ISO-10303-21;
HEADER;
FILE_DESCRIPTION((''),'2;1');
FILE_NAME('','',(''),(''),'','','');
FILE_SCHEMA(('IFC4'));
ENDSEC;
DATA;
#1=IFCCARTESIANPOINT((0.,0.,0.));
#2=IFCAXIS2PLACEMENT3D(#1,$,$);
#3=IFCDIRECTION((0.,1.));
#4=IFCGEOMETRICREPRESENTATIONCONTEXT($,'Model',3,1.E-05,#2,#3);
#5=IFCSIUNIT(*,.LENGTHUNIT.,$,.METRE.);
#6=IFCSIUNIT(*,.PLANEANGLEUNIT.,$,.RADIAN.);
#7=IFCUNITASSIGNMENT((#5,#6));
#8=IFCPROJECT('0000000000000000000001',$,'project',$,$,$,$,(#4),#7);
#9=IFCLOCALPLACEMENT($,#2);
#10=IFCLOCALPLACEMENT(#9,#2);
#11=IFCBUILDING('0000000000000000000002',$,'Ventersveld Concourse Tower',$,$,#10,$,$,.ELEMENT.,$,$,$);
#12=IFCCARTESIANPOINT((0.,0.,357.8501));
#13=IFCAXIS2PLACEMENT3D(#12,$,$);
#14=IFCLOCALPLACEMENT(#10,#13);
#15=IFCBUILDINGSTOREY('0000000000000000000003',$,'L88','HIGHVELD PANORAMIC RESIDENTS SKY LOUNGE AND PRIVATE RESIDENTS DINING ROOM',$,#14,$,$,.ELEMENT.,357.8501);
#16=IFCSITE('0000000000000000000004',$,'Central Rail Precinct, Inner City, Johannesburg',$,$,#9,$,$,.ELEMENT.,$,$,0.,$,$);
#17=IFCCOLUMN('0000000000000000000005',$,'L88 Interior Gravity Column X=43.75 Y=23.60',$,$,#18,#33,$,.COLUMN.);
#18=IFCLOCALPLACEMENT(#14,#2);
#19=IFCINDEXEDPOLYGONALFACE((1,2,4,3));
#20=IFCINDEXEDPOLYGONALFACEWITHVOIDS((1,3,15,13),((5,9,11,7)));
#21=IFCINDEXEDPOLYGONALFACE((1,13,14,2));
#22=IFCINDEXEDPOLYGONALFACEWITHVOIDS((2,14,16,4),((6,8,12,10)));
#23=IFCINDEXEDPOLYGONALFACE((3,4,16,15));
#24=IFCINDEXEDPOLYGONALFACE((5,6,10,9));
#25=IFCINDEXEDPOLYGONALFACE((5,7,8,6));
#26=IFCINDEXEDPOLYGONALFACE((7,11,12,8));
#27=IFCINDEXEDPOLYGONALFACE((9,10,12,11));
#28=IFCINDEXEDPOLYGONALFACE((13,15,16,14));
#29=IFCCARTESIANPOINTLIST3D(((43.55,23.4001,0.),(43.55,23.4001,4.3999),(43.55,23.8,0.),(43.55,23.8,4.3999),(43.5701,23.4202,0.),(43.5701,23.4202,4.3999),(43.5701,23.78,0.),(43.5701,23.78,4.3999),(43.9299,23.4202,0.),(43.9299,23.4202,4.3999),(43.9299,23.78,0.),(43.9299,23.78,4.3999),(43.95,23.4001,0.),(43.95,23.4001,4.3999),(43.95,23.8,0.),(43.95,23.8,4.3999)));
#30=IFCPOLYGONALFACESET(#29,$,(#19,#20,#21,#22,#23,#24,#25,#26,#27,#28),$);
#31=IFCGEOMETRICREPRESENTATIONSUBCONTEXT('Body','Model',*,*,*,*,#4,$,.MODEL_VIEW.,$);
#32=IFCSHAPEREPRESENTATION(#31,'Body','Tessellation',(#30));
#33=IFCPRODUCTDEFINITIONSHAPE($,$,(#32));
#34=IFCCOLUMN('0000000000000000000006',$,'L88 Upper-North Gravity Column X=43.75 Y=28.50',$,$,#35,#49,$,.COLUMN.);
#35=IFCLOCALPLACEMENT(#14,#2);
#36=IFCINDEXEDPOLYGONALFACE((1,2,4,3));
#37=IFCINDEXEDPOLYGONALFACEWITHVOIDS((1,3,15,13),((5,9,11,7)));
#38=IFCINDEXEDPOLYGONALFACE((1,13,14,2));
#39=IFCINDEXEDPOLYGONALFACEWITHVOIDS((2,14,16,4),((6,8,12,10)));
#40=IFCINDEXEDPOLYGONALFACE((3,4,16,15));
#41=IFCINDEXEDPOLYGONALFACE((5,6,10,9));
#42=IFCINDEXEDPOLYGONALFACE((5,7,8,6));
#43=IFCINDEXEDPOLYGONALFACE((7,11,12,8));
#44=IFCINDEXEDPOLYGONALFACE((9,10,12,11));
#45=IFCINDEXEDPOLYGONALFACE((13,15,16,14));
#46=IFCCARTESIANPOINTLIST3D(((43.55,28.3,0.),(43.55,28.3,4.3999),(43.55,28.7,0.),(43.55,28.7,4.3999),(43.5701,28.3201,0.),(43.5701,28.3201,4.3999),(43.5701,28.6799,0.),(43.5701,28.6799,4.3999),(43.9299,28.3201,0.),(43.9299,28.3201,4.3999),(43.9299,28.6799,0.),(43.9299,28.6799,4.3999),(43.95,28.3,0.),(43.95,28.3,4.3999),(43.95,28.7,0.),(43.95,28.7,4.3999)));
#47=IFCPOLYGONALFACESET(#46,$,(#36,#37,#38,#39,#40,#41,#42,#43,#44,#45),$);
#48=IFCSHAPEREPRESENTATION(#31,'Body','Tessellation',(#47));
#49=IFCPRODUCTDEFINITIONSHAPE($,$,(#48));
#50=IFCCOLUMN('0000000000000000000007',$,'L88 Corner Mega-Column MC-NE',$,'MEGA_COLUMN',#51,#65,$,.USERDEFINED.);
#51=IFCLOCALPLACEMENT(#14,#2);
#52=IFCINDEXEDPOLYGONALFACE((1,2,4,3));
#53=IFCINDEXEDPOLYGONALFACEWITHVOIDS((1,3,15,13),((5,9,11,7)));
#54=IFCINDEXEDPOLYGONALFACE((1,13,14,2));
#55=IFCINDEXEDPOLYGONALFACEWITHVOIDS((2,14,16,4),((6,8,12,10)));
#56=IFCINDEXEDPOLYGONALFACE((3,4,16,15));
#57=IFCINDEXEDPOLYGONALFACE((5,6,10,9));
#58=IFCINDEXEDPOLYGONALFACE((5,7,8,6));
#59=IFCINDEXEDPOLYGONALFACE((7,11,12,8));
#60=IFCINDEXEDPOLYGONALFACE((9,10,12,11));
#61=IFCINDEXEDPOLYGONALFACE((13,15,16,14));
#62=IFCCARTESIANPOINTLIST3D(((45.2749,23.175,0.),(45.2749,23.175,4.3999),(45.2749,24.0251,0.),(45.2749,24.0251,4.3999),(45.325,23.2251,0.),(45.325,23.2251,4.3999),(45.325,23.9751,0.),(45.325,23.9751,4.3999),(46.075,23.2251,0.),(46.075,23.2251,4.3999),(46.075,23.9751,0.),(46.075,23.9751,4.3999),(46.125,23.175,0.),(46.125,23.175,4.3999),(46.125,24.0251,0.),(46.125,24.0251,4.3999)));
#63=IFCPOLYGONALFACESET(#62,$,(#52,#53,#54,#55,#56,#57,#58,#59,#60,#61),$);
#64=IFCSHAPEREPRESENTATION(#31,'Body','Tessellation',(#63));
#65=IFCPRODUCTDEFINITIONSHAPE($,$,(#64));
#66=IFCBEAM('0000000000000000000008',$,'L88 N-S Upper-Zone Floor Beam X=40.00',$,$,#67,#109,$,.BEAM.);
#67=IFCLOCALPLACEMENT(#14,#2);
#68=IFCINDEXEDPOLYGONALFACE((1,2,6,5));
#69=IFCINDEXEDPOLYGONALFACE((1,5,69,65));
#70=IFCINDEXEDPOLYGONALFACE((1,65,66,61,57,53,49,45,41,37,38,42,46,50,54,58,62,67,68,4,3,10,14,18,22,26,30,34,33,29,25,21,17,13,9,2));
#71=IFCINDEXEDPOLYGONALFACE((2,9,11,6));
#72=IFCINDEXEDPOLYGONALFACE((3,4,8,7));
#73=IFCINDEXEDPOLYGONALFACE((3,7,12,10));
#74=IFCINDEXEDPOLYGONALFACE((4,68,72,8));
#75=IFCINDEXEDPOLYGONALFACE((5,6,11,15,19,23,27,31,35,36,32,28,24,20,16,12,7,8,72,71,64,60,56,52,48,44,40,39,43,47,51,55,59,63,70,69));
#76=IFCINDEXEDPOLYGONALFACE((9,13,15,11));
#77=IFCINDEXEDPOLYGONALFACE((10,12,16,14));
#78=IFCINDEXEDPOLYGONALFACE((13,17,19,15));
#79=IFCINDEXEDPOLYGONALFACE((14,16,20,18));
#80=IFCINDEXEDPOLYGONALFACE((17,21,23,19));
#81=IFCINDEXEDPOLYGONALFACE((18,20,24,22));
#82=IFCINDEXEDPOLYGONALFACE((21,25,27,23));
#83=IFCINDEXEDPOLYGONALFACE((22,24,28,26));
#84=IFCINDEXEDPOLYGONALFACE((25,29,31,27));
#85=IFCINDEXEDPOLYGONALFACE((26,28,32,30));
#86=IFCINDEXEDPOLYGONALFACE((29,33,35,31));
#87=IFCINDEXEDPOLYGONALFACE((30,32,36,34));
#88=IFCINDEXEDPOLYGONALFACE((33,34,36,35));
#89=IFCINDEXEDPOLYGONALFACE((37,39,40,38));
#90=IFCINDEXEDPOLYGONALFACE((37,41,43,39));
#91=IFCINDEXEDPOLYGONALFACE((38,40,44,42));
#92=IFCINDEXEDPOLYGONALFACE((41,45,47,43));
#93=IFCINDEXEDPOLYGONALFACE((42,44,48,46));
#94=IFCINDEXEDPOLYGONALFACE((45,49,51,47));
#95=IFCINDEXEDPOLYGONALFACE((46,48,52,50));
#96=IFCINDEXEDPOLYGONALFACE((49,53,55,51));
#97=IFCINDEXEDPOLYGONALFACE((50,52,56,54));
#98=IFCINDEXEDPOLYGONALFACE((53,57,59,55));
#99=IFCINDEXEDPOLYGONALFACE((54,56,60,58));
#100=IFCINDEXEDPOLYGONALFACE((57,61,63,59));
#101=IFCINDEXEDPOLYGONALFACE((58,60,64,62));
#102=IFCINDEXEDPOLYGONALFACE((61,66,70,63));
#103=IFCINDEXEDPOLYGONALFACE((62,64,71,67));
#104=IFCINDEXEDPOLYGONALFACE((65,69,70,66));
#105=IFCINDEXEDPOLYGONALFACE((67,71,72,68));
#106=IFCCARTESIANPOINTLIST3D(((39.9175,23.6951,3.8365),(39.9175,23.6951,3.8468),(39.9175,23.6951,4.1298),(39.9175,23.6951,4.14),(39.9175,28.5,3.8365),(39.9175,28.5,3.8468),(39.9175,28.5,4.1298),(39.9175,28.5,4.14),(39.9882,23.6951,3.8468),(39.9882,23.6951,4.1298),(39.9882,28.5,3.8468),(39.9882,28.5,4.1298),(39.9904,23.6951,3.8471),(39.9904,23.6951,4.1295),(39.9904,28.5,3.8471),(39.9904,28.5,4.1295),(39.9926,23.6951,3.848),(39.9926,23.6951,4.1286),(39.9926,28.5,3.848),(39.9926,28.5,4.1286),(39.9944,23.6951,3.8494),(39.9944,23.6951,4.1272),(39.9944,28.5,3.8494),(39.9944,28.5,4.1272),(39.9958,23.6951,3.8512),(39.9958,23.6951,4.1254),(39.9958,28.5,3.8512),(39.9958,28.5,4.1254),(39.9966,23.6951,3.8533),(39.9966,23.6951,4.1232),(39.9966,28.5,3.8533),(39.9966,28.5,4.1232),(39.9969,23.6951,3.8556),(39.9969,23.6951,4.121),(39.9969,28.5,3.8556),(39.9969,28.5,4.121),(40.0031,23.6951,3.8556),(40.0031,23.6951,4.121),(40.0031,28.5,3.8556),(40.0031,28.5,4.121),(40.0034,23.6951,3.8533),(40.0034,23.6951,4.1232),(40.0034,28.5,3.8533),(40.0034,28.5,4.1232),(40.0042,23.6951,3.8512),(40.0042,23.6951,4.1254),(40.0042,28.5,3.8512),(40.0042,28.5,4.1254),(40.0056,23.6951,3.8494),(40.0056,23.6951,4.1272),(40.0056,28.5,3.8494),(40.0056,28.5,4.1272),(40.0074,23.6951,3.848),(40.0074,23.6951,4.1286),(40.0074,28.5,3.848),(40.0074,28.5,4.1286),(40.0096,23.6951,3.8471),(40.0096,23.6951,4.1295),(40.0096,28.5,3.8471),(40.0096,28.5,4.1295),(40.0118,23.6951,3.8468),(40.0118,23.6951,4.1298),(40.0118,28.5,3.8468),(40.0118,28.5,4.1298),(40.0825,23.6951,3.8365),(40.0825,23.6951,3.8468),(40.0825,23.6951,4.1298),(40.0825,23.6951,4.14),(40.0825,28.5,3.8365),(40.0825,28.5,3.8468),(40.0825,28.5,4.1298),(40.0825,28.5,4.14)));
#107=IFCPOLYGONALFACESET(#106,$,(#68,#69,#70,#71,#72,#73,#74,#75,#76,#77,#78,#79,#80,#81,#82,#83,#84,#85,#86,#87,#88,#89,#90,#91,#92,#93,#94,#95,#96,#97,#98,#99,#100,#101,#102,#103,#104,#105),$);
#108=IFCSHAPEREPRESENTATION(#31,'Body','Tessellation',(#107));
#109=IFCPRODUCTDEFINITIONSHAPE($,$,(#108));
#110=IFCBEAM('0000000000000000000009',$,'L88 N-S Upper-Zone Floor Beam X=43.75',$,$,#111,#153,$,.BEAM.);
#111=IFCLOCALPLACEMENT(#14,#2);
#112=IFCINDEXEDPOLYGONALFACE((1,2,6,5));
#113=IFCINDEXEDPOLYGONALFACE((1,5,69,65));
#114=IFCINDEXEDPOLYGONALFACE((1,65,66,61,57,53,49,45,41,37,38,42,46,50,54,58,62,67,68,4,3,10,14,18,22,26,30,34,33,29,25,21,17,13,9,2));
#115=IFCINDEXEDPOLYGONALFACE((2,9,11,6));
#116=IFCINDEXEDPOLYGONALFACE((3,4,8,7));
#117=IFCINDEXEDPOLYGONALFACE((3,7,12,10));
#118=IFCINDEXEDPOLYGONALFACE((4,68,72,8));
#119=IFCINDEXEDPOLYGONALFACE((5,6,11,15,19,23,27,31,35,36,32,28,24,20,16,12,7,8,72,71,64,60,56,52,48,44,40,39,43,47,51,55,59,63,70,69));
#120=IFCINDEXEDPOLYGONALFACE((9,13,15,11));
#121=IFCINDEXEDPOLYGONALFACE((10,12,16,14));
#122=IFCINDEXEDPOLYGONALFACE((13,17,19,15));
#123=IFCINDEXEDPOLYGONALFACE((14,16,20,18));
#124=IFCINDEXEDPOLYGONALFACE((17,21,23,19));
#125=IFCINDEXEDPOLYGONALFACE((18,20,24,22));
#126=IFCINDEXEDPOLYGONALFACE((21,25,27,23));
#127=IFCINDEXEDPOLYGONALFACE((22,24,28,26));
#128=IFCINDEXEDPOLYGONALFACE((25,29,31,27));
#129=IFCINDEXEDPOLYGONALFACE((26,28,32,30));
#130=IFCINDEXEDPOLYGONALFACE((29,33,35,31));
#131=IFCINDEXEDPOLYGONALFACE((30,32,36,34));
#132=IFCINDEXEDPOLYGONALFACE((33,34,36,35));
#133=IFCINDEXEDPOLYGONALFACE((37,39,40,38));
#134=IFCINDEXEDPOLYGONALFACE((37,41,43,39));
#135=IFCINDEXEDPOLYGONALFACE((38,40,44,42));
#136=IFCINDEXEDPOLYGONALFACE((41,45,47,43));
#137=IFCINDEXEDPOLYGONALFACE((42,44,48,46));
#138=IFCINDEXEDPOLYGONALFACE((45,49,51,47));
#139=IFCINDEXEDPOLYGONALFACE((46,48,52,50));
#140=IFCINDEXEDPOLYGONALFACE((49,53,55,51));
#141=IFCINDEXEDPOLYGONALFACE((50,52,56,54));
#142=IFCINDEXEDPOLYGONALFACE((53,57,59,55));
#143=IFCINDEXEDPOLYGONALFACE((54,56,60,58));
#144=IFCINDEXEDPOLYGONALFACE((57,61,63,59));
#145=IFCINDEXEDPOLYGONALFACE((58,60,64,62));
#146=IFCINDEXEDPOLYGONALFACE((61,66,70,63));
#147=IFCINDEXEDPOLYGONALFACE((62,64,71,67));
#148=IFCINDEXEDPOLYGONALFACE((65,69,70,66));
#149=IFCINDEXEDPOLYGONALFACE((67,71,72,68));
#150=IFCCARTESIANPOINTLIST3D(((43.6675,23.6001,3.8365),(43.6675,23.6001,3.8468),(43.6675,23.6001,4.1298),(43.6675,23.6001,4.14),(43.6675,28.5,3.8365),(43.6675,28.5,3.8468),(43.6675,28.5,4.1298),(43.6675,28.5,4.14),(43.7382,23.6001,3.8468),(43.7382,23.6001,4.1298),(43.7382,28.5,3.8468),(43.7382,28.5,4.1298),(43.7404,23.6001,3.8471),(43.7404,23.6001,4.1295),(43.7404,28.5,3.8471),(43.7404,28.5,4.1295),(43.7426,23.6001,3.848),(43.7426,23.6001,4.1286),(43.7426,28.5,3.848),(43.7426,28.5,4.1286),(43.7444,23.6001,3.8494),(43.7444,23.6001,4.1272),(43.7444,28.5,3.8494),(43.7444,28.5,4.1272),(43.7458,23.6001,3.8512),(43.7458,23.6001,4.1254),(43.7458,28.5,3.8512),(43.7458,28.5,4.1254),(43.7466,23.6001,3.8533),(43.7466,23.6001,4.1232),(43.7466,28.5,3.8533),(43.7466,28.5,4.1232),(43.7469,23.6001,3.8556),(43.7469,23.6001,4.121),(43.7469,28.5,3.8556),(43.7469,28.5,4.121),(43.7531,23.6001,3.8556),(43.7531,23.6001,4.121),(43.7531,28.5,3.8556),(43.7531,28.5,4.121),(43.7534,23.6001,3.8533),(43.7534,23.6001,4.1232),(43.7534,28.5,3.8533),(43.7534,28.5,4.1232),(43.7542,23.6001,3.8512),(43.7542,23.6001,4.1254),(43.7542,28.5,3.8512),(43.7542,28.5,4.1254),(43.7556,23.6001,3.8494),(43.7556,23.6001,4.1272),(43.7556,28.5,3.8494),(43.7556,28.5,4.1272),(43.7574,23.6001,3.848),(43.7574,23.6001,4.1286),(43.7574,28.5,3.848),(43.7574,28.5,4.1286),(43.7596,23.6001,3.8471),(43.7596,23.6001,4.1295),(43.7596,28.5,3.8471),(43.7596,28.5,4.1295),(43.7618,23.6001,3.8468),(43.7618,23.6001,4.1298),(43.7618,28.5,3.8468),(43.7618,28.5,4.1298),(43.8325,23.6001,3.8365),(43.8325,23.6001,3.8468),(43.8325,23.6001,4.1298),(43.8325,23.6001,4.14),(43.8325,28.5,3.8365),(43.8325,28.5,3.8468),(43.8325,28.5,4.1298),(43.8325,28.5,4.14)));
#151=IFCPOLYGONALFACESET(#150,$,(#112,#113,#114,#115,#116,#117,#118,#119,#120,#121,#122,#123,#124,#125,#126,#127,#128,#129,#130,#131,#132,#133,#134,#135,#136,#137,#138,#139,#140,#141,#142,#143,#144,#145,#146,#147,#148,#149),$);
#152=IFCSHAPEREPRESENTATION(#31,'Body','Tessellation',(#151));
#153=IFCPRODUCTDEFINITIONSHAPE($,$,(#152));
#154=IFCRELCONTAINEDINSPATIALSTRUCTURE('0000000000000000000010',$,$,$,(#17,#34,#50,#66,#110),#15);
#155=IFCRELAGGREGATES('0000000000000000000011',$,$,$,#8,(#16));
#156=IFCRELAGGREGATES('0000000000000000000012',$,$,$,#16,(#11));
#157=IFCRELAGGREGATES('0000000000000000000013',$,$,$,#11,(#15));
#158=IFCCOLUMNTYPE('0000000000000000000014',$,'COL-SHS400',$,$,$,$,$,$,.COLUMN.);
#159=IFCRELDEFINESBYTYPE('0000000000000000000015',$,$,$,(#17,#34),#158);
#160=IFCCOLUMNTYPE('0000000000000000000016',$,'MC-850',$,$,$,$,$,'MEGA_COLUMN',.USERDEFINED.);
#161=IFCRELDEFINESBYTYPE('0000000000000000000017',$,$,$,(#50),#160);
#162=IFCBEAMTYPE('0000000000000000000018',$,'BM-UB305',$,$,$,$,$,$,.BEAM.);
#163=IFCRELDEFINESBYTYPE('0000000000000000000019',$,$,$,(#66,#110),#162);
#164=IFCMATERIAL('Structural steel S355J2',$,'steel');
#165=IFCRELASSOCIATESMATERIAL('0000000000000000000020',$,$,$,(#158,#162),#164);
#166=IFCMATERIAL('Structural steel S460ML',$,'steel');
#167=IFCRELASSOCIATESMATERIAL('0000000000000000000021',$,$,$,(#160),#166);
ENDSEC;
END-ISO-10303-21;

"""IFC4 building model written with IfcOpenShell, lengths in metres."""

from ifc_helpers import new_model, si_unit, direction, frame, origin, origin_2d, place, context, subcontext, project, spatial, hollow_rectangle, i_section, extrude, material, material_profile, profile_set, type_object, element, save


model = new_model("IFC4")

# Units and contexts
model_context = context("Model", 3, precision=1e-05, world=origin(), true_north=direction((0.0, 1.0)))
body_context = subcontext(model_context, "Body", "Model", "MODEL_VIEW")
ifc_project = project(units=[si_unit("LENGTHUNIT", "METRE"), si_unit("PLANEANGLEUNIT", "RADIAN")], contexts=[model_context])

# Site, building, storey
site_placement = place(None, origin())
site = spatial("IfcSite", under=ifc_project, at=site_placement, Name="Central Rail Precinct, Inner City, Johannesburg", CompositionType="ELEMENT", RefElevation=0.0)
building_placement = place(site_placement, origin())
building = spatial("IfcBuilding", under=site, at=building_placement, Name="Ventersveld Concourse Tower", CompositionType="ELEMENT")
storey_placement = place(building_placement, frame((0.0, 0.0, 357.8501)))
storey = spatial("IfcBuildingStorey", under=building, at=storey_placement, Name="L88", Description="HIGHVELD PANORAMIC RESIDENTS SKY LOUNGE AND PRIVATE RESIDENTS DINING ROOM", CompositionType="ELEMENT", Elevation=357.8501)

# Columns
ifc_material_1 = material(Name="Structural steel S355J2", Category="steel")
ifc_material_profile_1 = material_profile(ifc_material_1, hollow_rectangle(XDim=0.3999, YDim=0.3999, WallThickness=0.02, at=origin_2d()), Name="SHS 400x400x20")
ifc_profile_set_1 = profile_set([ifc_material_profile_1], Name="Structural steel S355J2")
column_type_1 = type_object("IfcColumnType", Name="COL-SHS400", PredefinedType="COLUMN", material=ifc_profile_set_1)
for number, where, z_axis, x_axis, name in (
    (1, (43.75, 23.6001, 0.0), (0.0, 0.0, 1.0), (1.0, 0.0, 0.0), "L88 Interior Gravity Column X=43.75 Y=23.60"),
    (2, (43.75, 28.5, 0.0), (0.0, 0.0, 1.0), (1.0, 0.0, 0.0), "L88 Upper-North Gravity Column X=43.75 Y=28.50"),
):
    element("IfcColumn", number, at=place(storey_placement, frame(where, z_axis=z_axis, x_axis=x_axis)), inside=storey, type_object=column_type_1, Name=name, PredefinedType="COLUMN", context=body_context, shape_type="SweptSolid", body=[
        extrude(hollow_rectangle(XDim=0.3999, YDim=0.3999, WallThickness=0.02, at=origin_2d()), origin(), (0.0, 0.0, 1.0), 4.3999),
    ])
ifc_material_2 = material(Name="Structural steel S460ML", Category="steel")
ifc_material_profile_2 = material_profile(ifc_material_2, hollow_rectangle(XDim=0.8501, YDim=0.8501, WallThickness=0.05, at=origin_2d()), Name="BOX 850x850x50")
ifc_profile_set_2 = profile_set([ifc_material_profile_2], Name="Structural steel S460ML")
column_type_2 = type_object("IfcColumnType", Name="MC-850", ElementType="MEGA_COLUMN", PredefinedType="USERDEFINED", material=ifc_profile_set_2)
column_placement = place(storey_placement, frame((45.7, 23.6001, 0.0), z_axis=(0.0, 0.0, 1.0), x_axis=(1.0, 0.0, 0.0)))
element("IfcColumn", 3, at=column_placement, inside=storey, type_object=column_type_2, Name="L88 Corner Mega-Column MC-NE", ObjectType="MEGA_COLUMN", PredefinedType="USERDEFINED", context=body_context, shape_type="SweptSolid", body=[
    extrude(hollow_rectangle(XDim=0.8501, YDim=0.8501, WallThickness=0.05, at=origin_2d()), origin(), (0.0, 0.0, 1.0), 4.3999),
])

# Beams
ifc_material_profile_3 = material_profile(ifc_material_1, i_section(OverallWidth=0.165, OverallDepth=0.3035, WebThickness=0.0061, FlangeThickness=0.0103, FilletRadius=0.0088, at=origin_2d()), Name="UB 305x165x40")
ifc_profile_set_3 = profile_set([ifc_material_profile_3], Name="Structural steel S355J2")
beam_type_1 = type_object("IfcBeamType", Name="BM-UB305", PredefinedType="BEAM", material=ifc_profile_set_3)
beam_1_placement = place(storey_placement, frame((40.0, 23.6951, 3.9883), z_axis=(0.0, 1.0, 0.0), x_axis=(-1.0, 0.0, 0.0)))
element("IfcBeam", 4, at=beam_1_placement, inside=storey, type_object=beam_type_1, Name="L88 N-S Upper-Zone Floor Beam X=40.00", PredefinedType="BEAM", context=body_context, shape_type="SweptSolid", body=[
    extrude(i_section(OverallWidth=0.165, OverallDepth=0.3035, WebThickness=0.0061, FlangeThickness=0.0103, FilletRadius=0.0088, at=origin_2d()), origin(), (0.0, 0.0, 1.0), 4.8049),
])
beam_2_placement = place(storey_placement, frame((43.75, 23.6001, 3.9883), z_axis=(0.0, 1.0, 0.0), x_axis=(-1.0, 0.0, 0.0)))
element("IfcBeam", 5, at=beam_2_placement, inside=storey, type_object=beam_type_1, Name="L88 N-S Upper-Zone Floor Beam X=43.75", PredefinedType="BEAM", context=body_context, shape_type="SweptSolid", body=[
    extrude(i_section(OverallWidth=0.165, OverallDepth=0.3035, WebThickness=0.0061, FlangeThickness=0.0103, FilletRadius=0.0088, at=origin_2d()), origin(), (0.0, 0.0, 1.0), 4.8999),
])

save(model, "model.ifc")
